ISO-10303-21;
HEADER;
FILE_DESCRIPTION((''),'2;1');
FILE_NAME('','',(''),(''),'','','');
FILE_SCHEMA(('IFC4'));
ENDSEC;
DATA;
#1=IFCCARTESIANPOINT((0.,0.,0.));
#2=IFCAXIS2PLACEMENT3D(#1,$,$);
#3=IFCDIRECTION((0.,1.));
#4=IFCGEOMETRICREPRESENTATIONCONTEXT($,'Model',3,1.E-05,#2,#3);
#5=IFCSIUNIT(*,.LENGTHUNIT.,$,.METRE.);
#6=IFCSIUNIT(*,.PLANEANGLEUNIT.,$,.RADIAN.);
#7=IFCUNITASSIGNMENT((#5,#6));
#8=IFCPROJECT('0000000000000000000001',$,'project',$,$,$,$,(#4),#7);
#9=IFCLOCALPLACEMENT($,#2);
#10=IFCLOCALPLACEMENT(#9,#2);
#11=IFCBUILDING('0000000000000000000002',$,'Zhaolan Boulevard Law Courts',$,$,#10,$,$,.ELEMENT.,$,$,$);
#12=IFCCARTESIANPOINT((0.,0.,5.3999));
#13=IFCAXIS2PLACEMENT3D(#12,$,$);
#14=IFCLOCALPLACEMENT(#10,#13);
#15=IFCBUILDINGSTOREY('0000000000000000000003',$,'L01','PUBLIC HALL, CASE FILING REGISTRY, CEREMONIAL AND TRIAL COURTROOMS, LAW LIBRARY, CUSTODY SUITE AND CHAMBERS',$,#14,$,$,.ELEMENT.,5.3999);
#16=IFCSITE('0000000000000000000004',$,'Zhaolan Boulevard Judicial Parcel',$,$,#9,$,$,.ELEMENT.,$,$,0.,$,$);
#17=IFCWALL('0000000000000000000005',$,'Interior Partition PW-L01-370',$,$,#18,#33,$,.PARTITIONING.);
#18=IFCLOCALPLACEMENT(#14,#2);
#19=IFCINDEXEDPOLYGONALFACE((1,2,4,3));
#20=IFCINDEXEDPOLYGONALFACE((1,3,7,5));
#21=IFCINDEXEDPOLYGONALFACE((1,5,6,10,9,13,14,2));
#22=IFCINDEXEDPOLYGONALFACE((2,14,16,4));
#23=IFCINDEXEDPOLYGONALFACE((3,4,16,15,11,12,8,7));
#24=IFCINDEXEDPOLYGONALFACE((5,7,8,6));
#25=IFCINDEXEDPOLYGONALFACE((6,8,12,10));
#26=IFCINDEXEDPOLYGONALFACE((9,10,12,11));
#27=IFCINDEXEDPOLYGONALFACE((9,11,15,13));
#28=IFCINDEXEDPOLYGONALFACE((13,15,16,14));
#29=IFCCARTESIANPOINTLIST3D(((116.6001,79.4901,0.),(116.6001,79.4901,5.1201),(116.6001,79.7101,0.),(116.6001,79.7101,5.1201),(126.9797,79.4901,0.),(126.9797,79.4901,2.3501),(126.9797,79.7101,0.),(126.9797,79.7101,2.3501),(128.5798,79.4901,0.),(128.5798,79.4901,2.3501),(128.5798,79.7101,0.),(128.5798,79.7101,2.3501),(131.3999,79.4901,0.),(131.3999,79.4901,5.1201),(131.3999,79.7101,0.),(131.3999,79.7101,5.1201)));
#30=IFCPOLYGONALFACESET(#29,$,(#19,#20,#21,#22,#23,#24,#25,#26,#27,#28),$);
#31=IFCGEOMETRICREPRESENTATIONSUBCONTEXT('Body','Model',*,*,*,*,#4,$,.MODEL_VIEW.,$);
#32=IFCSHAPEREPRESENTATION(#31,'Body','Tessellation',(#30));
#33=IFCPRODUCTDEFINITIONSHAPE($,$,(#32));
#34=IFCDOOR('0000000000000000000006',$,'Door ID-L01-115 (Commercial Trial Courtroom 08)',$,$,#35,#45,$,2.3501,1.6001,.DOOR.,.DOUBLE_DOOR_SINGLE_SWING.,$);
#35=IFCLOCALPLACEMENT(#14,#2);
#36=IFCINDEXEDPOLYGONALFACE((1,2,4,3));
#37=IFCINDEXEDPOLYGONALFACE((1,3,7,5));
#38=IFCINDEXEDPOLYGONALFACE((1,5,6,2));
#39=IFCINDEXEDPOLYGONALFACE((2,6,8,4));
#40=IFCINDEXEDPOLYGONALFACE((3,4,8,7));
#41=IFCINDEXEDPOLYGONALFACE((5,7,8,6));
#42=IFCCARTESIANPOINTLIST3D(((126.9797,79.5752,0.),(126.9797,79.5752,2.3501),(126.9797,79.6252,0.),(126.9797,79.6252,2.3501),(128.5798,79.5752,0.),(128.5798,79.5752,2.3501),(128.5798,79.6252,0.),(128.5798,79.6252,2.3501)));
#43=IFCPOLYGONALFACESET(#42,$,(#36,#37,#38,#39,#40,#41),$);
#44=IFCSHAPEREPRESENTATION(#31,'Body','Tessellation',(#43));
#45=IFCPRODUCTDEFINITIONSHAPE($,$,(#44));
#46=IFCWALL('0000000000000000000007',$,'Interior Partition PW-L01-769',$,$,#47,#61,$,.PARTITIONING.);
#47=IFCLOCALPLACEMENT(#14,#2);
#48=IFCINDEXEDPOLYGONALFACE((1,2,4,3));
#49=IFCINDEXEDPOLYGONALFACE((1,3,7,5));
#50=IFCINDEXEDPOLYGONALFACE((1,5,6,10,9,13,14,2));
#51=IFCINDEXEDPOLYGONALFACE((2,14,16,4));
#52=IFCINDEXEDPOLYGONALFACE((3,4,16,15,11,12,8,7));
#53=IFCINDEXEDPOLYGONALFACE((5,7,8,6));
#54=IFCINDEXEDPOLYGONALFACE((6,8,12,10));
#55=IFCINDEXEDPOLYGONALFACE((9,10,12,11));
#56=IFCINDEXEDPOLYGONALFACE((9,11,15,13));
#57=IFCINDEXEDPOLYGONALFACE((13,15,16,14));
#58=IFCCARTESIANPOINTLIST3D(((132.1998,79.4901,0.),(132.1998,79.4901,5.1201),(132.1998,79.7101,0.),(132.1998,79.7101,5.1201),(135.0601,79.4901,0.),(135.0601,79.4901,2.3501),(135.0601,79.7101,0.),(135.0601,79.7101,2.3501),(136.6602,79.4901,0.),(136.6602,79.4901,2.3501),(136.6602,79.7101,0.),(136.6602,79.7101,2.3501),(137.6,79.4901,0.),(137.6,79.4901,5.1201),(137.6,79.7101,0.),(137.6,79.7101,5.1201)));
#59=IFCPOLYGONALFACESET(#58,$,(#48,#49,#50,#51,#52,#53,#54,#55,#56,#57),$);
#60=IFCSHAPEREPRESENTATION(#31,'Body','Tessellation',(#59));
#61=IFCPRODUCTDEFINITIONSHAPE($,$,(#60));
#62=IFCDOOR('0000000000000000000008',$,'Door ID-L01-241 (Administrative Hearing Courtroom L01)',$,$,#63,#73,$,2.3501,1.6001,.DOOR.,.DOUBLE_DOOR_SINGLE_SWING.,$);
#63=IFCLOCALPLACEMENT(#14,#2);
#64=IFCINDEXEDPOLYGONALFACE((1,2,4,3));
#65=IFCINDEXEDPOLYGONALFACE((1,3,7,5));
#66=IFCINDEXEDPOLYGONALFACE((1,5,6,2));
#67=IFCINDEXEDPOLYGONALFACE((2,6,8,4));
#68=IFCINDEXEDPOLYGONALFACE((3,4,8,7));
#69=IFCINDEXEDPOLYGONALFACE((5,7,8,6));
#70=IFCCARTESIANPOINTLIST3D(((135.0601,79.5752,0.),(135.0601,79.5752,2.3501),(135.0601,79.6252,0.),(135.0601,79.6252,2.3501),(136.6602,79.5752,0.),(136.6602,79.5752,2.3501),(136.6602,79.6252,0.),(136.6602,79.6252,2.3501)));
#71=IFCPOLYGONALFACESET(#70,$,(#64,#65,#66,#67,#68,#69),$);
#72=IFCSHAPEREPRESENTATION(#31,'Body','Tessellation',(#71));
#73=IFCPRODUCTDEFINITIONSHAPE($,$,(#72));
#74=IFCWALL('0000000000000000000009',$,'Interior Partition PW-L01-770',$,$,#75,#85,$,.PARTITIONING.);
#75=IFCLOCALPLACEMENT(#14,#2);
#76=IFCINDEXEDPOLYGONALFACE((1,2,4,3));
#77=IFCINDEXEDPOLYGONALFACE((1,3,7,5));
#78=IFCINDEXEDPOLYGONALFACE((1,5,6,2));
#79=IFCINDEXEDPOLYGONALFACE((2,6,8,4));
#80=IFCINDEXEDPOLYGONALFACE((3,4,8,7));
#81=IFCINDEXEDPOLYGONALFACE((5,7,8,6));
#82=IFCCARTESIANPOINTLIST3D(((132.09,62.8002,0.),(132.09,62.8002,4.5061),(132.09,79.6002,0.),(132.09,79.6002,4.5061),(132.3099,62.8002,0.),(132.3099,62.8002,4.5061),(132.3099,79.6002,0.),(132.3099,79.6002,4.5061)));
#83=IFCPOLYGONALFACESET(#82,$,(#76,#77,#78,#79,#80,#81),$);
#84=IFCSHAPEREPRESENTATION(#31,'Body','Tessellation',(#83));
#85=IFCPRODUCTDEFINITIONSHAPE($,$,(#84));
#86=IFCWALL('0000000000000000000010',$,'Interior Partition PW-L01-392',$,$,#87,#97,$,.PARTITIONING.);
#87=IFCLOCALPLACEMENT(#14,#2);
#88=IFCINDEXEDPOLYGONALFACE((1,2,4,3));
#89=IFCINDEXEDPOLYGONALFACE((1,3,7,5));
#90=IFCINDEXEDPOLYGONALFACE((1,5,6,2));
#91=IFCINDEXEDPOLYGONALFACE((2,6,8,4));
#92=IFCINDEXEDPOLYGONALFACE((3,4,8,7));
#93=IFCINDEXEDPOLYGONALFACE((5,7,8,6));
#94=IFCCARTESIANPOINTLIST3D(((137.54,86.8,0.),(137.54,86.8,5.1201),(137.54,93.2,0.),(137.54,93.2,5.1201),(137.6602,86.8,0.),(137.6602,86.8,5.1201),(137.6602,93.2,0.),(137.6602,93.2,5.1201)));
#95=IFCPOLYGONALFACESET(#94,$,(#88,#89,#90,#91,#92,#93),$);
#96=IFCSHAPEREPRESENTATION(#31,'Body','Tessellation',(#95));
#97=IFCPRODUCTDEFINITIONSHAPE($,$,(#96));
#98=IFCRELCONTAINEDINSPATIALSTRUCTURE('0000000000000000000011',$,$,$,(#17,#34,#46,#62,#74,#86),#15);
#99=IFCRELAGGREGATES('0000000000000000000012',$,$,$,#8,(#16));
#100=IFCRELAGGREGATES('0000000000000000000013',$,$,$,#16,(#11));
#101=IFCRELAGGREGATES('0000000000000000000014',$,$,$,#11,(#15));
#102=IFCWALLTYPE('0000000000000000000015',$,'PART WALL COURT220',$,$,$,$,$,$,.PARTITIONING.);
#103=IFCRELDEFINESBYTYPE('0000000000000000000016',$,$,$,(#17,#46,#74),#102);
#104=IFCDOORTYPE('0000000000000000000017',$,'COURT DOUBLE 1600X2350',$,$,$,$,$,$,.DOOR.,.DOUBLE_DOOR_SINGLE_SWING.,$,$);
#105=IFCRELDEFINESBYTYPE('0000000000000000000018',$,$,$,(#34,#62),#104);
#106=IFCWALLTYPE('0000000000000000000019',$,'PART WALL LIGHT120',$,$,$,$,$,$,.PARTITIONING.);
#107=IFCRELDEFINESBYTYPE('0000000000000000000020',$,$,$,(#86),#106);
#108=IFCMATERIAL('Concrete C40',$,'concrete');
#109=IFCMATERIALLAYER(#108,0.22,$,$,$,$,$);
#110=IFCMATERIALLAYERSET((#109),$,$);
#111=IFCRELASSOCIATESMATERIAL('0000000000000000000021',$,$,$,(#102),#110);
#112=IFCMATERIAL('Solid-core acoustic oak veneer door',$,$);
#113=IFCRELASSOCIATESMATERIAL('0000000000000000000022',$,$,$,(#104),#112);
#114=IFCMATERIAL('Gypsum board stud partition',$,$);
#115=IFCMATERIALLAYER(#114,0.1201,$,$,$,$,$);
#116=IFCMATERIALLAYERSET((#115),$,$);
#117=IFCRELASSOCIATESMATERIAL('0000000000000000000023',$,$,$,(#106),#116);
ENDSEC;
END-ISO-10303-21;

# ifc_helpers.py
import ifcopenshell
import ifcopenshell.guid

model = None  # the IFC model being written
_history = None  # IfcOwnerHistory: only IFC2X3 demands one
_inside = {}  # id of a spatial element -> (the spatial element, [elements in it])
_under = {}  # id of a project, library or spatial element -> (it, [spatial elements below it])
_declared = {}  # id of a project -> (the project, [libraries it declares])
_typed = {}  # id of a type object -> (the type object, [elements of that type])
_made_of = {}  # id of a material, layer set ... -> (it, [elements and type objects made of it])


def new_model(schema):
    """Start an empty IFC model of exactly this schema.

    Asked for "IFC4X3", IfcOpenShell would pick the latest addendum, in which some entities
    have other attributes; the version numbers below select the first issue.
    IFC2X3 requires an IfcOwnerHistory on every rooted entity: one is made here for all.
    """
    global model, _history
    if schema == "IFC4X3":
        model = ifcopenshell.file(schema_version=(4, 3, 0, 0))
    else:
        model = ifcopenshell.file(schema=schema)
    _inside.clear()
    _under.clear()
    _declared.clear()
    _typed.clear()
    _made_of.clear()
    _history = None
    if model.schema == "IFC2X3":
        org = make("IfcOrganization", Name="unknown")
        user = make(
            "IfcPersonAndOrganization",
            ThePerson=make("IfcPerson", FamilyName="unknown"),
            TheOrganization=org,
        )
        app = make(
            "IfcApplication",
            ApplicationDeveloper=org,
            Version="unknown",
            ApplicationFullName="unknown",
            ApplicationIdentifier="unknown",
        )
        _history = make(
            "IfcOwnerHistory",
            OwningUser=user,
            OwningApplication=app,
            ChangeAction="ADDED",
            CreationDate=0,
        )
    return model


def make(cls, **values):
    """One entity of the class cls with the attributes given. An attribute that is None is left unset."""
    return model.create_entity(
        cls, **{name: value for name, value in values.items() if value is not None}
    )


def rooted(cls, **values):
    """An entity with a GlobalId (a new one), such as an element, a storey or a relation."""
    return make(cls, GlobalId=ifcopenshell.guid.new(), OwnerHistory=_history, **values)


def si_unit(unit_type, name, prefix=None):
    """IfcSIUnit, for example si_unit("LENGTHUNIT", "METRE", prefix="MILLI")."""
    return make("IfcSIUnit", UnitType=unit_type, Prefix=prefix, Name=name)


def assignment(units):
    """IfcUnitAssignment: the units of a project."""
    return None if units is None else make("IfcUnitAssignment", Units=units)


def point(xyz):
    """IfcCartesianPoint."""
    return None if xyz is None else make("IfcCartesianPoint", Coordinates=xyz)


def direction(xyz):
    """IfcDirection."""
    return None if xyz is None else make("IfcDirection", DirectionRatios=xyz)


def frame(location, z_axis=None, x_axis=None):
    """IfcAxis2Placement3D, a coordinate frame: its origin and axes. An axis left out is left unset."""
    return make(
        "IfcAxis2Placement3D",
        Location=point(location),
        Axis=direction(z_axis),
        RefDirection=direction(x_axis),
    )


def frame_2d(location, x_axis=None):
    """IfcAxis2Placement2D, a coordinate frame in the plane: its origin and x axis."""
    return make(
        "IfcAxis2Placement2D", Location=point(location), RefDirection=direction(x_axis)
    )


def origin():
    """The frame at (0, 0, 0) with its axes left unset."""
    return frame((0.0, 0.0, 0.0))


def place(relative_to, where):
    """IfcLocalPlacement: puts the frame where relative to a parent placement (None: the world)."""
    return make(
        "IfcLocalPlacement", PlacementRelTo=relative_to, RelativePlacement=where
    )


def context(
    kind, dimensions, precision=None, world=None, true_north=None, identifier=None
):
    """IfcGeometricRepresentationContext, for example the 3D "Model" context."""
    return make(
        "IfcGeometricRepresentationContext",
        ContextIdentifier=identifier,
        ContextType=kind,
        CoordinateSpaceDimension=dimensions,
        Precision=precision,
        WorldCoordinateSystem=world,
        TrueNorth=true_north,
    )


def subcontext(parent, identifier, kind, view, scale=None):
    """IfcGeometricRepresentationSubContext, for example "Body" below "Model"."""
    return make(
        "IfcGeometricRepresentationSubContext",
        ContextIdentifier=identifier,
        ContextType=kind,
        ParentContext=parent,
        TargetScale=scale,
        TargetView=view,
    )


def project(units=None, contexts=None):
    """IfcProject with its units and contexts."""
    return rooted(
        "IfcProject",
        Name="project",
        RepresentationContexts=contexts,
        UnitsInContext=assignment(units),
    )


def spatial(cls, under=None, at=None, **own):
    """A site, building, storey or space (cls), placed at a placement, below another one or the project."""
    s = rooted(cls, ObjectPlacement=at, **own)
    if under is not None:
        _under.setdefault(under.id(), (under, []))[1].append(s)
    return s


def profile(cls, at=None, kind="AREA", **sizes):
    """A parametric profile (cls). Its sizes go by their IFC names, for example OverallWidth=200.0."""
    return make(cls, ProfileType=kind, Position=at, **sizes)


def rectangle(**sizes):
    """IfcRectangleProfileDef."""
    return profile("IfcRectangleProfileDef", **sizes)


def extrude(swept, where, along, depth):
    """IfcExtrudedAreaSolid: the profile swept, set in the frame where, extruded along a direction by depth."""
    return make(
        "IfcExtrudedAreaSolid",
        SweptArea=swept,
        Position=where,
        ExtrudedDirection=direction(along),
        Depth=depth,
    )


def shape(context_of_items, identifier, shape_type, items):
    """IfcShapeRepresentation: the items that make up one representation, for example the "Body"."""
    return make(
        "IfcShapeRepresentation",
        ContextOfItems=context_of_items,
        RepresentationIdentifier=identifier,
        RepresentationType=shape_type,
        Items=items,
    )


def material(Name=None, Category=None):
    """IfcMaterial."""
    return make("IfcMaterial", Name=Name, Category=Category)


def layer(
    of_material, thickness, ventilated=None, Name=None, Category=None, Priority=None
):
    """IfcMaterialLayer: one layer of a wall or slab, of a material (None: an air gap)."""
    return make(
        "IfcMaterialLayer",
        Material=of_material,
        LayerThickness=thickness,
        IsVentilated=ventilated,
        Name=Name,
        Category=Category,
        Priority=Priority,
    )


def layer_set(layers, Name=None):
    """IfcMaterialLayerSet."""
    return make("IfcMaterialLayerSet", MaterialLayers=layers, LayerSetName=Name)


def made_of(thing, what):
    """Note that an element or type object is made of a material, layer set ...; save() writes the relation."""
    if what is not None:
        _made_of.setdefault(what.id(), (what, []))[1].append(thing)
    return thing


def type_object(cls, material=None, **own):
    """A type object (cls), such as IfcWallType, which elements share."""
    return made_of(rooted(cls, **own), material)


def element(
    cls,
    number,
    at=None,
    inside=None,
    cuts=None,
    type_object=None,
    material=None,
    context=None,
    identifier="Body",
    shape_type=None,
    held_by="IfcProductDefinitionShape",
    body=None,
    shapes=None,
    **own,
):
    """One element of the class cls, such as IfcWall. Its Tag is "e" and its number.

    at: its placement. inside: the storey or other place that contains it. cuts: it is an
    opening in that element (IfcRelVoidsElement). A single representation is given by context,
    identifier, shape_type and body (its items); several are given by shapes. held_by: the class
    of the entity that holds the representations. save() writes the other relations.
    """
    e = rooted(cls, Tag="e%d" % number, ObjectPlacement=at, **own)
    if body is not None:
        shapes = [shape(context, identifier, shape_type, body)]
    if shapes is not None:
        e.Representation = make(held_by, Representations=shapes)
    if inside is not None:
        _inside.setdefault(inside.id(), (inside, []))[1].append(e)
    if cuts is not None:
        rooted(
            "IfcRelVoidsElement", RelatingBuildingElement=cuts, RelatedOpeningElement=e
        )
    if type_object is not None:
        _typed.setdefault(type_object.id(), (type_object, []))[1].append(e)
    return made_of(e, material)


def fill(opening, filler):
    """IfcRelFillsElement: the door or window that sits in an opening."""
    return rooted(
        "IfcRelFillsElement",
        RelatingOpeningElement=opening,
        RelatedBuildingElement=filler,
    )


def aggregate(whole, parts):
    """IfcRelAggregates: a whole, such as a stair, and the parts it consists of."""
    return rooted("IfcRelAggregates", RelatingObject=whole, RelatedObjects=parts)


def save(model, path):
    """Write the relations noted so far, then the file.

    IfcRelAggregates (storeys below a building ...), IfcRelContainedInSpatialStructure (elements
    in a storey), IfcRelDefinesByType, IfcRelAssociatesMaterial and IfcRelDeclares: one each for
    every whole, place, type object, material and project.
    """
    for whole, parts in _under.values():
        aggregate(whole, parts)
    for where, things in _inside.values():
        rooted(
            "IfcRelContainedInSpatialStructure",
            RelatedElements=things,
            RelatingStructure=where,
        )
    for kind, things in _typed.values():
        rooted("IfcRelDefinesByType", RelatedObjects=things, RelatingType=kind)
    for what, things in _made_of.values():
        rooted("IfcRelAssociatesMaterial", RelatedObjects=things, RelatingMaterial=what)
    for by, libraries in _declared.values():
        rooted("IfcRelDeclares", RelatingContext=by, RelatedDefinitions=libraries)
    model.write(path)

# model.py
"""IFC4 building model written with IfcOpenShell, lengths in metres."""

from ifc_helpers import new_model, si_unit, direction, frame, frame_2d, origin, place, context, subcontext, project, spatial, rectangle, extrude, material, layer, layer_set, type_object, element, fill, save


model = new_model("IFC4")

# Units and contexts
model_context = context("Model", 3, precision=1e-05, world=origin(), true_north=direction((0.0, 1.0)))
body_context = subcontext(model_context, "Body", "Model", "MODEL_VIEW")
ifc_project = project(units=[si_unit("LENGTHUNIT", "METRE"), si_unit("PLANEANGLEUNIT", "RADIAN")], contexts=[model_context])

# Site, building, storey
site_placement = place(None, origin())
site = spatial("IfcSite", under=ifc_project, at=site_placement, Name="Zhaolan Boulevard Judicial Parcel", CompositionType="ELEMENT", RefElevation=0.0)
building_placement = place(site_placement, origin())
building = spatial("IfcBuilding", under=site, at=building_placement, Name="Zhaolan Boulevard Law Courts", CompositionType="ELEMENT")
storey_placement = place(building_placement, frame((0.0, 0.0, 5.3999)))
storey = spatial("IfcBuildingStorey", under=building, at=storey_placement, Name="L01", Description="PUBLIC HALL, CASE FILING REGISTRY, CEREMONIAL AND TRIAL COURTROOMS, LAW LIBRARY, CUSTODY SUITE AND CHAMBERS", CompositionType="ELEMENT", Elevation=5.3999)

# Walls, openings, doors
ifc_material_1 = material(Name="Concrete C40", Category="concrete")
ifc_layer_1 = layer(ifc_material_1, 0.22)
ifc_layer_set_1 = layer_set([ifc_layer_1])
wall_type_1 = type_object("IfcWallType", Name="PART WALL COURT220", PredefinedType="PARTITIONING", material=ifc_layer_set_1)
wall_1_placement = place(storey_placement, frame((131.3999, 79.6001, 0.0), z_axis=(0.0, 0.0, 1.0), x_axis=(-1.0, 0.0, 0.0)))
wall_1 = element("IfcWall", 1, at=wall_1_placement, inside=storey, type_object=wall_type_1, Name="Interior Partition PW-L01-370", PredefinedType="PARTITIONING", context=body_context, shape_type="SweptSolid", body=[
    extrude(rectangle(XDim=14.7998, YDim=0.22, at=frame_2d((7.3999, 0.0))), origin(), (0.0, 0.0, 1.0), 5.1201),
])
opening_1_placement = place(wall_1_placement, frame((2.8201, 0.0, 0.0)))
opening_1 = element("IfcOpeningElement", 2, at=opening_1_placement, cuts=wall_1, PredefinedType="OPENING", context=body_context, shape_type="SweptSolid", body=[
    extrude(rectangle(XDim=1.6001, YDim=2.3501, at=frame_2d((0.8, 1.175))), frame((0.0, 0.1199, 0.0), z_axis=(0.0, -1.0, 0.0), x_axis=(1.0, 0.0, 0.0)), (0.0, 0.0, 1.0), 0.24),
])
ifc_material_2 = material(Name="Solid-core acoustic oak veneer door")
door_type = type_object("IfcDoorType", Name="COURT DOUBLE 1600X2350", OperationType="DOUBLE_DOOR_SINGLE_SWING", PredefinedType="DOOR", material=ifc_material_2)
door_1_placement = place(opening_1_placement, origin())
door_1 = element("IfcDoor", 3, at=door_1_placement, inside=storey, type_object=door_type, Name="Door ID-L01-115 (Commercial Trial Courtroom 08)", OperationType="DOUBLE_DOOR_SINGLE_SWING", OverallHeight=2.3501, OverallWidth=1.6001, PredefinedType="DOOR", context=body_context, shape_type="SweptSolid", body=[
    extrude(rectangle(XDim=1.6001, YDim=2.3501, at=frame_2d((0.8, 1.175))), frame((0.0, 0.0249, 0.0), z_axis=(0.0, -1.0, 0.0), x_axis=(1.0, 0.0, 0.0)), (0.0, 0.0, 1.0), 0.05),
])
fill(opening_1, door_1)
wall_2_placement = place(storey_placement, frame((137.6001, 79.6001, 0.0), z_axis=(0.0, 0.0, 1.0), x_axis=(-1.0, 0.0, 0.0)))
wall_2 = element("IfcWall", 4, at=wall_2_placement, inside=storey, type_object=wall_type_1, Name="Interior Partition PW-L01-769", PredefinedType="PARTITIONING", context=body_context, shape_type="SweptSolid", body=[
    extrude(rectangle(XDim=5.4001, YDim=0.22, at=frame_2d((2.7002, 0.0))), origin(), (0.0, 0.0, 1.0), 5.1201),
])
opening_2_placement = place(wall_2_placement, frame((0.9399, 0.0, 0.0)))
opening_2 = element("IfcOpeningElement", 5, at=opening_2_placement, cuts=wall_2, PredefinedType="OPENING", context=body_context, shape_type="SweptSolid", body=[
    extrude(rectangle(XDim=1.6001, YDim=2.3501, at=frame_2d((0.8, 1.175))), frame((0.0, 0.1199, 0.0), z_axis=(0.0, -1.0, 0.0), x_axis=(1.0, 0.0, 0.0)), (0.0, 0.0, 1.0), 0.24),
])
door_2_placement = place(opening_2_placement, origin())
door_2 = element("IfcDoor", 6, at=door_2_placement, inside=storey, type_object=door_type, Name="Door ID-L01-241 (Administrative Hearing Courtroom L01)", OperationType="DOUBLE_DOOR_SINGLE_SWING", OverallHeight=2.3501, OverallWidth=1.6001, PredefinedType="DOOR", context=body_context, shape_type="SweptSolid", body=[
    extrude(rectangle(XDim=1.6001, YDim=2.3501, at=frame_2d((0.8, 1.175))), frame((0.0, 0.0249, 0.0), z_axis=(0.0, -1.0, 0.0), x_axis=(1.0, 0.0, 0.0)), (0.0, 0.0, 1.0), 0.05),
])
fill(opening_2, door_2)

# Walls
wall_3_placement = place(storey_placement, frame((132.2, 79.6001, 0.0), z_axis=(0.0, 0.0, 1.0), x_axis=(0.0, -1.0, 0.0)))
element("IfcWall", 7, at=wall_3_placement, inside=storey, type_object=wall_type_1, Name="Interior Partition PW-L01-770", PredefinedType="PARTITIONING", context=body_context, shape_type="SweptSolid", body=[
    extrude(rectangle(XDim=16.8, YDim=0.22, at=frame_2d((8.3999, 0.0))), origin(), (0.0, 0.0, 1.0), 4.5061),
])
ifc_material_3 = material(Name="Gypsum board stud partition")
ifc_layer_2 = layer(ifc_material_3, 0.1201)
ifc_layer_set_2 = layer_set([ifc_layer_2])
wall_type_2 = type_object("IfcWallType", Name="PART WALL LIGHT120", PredefinedType="PARTITIONING", material=ifc_layer_set_2)
wall_4_placement = place(storey_placement, frame((137.6001, 86.8, 0.0), z_axis=(0.0, 0.0, 1.0), x_axis=(0.0, 1.0, 0.0)))
element("IfcWall", 8, at=wall_4_placement, inside=storey, type_object=wall_type_2, Name="Interior Partition PW-L01-392", PredefinedType="PARTITIONING", context=body_context, shape_type="SweptSolid", body=[
    extrude(rectangle(XDim=6.3999, YDim=0.1201, at=frame_2d((3.2, 0.0))), origin(), (0.0, 0.0, 1.0), 5.1201),
])

save(model, "model.ifc")
